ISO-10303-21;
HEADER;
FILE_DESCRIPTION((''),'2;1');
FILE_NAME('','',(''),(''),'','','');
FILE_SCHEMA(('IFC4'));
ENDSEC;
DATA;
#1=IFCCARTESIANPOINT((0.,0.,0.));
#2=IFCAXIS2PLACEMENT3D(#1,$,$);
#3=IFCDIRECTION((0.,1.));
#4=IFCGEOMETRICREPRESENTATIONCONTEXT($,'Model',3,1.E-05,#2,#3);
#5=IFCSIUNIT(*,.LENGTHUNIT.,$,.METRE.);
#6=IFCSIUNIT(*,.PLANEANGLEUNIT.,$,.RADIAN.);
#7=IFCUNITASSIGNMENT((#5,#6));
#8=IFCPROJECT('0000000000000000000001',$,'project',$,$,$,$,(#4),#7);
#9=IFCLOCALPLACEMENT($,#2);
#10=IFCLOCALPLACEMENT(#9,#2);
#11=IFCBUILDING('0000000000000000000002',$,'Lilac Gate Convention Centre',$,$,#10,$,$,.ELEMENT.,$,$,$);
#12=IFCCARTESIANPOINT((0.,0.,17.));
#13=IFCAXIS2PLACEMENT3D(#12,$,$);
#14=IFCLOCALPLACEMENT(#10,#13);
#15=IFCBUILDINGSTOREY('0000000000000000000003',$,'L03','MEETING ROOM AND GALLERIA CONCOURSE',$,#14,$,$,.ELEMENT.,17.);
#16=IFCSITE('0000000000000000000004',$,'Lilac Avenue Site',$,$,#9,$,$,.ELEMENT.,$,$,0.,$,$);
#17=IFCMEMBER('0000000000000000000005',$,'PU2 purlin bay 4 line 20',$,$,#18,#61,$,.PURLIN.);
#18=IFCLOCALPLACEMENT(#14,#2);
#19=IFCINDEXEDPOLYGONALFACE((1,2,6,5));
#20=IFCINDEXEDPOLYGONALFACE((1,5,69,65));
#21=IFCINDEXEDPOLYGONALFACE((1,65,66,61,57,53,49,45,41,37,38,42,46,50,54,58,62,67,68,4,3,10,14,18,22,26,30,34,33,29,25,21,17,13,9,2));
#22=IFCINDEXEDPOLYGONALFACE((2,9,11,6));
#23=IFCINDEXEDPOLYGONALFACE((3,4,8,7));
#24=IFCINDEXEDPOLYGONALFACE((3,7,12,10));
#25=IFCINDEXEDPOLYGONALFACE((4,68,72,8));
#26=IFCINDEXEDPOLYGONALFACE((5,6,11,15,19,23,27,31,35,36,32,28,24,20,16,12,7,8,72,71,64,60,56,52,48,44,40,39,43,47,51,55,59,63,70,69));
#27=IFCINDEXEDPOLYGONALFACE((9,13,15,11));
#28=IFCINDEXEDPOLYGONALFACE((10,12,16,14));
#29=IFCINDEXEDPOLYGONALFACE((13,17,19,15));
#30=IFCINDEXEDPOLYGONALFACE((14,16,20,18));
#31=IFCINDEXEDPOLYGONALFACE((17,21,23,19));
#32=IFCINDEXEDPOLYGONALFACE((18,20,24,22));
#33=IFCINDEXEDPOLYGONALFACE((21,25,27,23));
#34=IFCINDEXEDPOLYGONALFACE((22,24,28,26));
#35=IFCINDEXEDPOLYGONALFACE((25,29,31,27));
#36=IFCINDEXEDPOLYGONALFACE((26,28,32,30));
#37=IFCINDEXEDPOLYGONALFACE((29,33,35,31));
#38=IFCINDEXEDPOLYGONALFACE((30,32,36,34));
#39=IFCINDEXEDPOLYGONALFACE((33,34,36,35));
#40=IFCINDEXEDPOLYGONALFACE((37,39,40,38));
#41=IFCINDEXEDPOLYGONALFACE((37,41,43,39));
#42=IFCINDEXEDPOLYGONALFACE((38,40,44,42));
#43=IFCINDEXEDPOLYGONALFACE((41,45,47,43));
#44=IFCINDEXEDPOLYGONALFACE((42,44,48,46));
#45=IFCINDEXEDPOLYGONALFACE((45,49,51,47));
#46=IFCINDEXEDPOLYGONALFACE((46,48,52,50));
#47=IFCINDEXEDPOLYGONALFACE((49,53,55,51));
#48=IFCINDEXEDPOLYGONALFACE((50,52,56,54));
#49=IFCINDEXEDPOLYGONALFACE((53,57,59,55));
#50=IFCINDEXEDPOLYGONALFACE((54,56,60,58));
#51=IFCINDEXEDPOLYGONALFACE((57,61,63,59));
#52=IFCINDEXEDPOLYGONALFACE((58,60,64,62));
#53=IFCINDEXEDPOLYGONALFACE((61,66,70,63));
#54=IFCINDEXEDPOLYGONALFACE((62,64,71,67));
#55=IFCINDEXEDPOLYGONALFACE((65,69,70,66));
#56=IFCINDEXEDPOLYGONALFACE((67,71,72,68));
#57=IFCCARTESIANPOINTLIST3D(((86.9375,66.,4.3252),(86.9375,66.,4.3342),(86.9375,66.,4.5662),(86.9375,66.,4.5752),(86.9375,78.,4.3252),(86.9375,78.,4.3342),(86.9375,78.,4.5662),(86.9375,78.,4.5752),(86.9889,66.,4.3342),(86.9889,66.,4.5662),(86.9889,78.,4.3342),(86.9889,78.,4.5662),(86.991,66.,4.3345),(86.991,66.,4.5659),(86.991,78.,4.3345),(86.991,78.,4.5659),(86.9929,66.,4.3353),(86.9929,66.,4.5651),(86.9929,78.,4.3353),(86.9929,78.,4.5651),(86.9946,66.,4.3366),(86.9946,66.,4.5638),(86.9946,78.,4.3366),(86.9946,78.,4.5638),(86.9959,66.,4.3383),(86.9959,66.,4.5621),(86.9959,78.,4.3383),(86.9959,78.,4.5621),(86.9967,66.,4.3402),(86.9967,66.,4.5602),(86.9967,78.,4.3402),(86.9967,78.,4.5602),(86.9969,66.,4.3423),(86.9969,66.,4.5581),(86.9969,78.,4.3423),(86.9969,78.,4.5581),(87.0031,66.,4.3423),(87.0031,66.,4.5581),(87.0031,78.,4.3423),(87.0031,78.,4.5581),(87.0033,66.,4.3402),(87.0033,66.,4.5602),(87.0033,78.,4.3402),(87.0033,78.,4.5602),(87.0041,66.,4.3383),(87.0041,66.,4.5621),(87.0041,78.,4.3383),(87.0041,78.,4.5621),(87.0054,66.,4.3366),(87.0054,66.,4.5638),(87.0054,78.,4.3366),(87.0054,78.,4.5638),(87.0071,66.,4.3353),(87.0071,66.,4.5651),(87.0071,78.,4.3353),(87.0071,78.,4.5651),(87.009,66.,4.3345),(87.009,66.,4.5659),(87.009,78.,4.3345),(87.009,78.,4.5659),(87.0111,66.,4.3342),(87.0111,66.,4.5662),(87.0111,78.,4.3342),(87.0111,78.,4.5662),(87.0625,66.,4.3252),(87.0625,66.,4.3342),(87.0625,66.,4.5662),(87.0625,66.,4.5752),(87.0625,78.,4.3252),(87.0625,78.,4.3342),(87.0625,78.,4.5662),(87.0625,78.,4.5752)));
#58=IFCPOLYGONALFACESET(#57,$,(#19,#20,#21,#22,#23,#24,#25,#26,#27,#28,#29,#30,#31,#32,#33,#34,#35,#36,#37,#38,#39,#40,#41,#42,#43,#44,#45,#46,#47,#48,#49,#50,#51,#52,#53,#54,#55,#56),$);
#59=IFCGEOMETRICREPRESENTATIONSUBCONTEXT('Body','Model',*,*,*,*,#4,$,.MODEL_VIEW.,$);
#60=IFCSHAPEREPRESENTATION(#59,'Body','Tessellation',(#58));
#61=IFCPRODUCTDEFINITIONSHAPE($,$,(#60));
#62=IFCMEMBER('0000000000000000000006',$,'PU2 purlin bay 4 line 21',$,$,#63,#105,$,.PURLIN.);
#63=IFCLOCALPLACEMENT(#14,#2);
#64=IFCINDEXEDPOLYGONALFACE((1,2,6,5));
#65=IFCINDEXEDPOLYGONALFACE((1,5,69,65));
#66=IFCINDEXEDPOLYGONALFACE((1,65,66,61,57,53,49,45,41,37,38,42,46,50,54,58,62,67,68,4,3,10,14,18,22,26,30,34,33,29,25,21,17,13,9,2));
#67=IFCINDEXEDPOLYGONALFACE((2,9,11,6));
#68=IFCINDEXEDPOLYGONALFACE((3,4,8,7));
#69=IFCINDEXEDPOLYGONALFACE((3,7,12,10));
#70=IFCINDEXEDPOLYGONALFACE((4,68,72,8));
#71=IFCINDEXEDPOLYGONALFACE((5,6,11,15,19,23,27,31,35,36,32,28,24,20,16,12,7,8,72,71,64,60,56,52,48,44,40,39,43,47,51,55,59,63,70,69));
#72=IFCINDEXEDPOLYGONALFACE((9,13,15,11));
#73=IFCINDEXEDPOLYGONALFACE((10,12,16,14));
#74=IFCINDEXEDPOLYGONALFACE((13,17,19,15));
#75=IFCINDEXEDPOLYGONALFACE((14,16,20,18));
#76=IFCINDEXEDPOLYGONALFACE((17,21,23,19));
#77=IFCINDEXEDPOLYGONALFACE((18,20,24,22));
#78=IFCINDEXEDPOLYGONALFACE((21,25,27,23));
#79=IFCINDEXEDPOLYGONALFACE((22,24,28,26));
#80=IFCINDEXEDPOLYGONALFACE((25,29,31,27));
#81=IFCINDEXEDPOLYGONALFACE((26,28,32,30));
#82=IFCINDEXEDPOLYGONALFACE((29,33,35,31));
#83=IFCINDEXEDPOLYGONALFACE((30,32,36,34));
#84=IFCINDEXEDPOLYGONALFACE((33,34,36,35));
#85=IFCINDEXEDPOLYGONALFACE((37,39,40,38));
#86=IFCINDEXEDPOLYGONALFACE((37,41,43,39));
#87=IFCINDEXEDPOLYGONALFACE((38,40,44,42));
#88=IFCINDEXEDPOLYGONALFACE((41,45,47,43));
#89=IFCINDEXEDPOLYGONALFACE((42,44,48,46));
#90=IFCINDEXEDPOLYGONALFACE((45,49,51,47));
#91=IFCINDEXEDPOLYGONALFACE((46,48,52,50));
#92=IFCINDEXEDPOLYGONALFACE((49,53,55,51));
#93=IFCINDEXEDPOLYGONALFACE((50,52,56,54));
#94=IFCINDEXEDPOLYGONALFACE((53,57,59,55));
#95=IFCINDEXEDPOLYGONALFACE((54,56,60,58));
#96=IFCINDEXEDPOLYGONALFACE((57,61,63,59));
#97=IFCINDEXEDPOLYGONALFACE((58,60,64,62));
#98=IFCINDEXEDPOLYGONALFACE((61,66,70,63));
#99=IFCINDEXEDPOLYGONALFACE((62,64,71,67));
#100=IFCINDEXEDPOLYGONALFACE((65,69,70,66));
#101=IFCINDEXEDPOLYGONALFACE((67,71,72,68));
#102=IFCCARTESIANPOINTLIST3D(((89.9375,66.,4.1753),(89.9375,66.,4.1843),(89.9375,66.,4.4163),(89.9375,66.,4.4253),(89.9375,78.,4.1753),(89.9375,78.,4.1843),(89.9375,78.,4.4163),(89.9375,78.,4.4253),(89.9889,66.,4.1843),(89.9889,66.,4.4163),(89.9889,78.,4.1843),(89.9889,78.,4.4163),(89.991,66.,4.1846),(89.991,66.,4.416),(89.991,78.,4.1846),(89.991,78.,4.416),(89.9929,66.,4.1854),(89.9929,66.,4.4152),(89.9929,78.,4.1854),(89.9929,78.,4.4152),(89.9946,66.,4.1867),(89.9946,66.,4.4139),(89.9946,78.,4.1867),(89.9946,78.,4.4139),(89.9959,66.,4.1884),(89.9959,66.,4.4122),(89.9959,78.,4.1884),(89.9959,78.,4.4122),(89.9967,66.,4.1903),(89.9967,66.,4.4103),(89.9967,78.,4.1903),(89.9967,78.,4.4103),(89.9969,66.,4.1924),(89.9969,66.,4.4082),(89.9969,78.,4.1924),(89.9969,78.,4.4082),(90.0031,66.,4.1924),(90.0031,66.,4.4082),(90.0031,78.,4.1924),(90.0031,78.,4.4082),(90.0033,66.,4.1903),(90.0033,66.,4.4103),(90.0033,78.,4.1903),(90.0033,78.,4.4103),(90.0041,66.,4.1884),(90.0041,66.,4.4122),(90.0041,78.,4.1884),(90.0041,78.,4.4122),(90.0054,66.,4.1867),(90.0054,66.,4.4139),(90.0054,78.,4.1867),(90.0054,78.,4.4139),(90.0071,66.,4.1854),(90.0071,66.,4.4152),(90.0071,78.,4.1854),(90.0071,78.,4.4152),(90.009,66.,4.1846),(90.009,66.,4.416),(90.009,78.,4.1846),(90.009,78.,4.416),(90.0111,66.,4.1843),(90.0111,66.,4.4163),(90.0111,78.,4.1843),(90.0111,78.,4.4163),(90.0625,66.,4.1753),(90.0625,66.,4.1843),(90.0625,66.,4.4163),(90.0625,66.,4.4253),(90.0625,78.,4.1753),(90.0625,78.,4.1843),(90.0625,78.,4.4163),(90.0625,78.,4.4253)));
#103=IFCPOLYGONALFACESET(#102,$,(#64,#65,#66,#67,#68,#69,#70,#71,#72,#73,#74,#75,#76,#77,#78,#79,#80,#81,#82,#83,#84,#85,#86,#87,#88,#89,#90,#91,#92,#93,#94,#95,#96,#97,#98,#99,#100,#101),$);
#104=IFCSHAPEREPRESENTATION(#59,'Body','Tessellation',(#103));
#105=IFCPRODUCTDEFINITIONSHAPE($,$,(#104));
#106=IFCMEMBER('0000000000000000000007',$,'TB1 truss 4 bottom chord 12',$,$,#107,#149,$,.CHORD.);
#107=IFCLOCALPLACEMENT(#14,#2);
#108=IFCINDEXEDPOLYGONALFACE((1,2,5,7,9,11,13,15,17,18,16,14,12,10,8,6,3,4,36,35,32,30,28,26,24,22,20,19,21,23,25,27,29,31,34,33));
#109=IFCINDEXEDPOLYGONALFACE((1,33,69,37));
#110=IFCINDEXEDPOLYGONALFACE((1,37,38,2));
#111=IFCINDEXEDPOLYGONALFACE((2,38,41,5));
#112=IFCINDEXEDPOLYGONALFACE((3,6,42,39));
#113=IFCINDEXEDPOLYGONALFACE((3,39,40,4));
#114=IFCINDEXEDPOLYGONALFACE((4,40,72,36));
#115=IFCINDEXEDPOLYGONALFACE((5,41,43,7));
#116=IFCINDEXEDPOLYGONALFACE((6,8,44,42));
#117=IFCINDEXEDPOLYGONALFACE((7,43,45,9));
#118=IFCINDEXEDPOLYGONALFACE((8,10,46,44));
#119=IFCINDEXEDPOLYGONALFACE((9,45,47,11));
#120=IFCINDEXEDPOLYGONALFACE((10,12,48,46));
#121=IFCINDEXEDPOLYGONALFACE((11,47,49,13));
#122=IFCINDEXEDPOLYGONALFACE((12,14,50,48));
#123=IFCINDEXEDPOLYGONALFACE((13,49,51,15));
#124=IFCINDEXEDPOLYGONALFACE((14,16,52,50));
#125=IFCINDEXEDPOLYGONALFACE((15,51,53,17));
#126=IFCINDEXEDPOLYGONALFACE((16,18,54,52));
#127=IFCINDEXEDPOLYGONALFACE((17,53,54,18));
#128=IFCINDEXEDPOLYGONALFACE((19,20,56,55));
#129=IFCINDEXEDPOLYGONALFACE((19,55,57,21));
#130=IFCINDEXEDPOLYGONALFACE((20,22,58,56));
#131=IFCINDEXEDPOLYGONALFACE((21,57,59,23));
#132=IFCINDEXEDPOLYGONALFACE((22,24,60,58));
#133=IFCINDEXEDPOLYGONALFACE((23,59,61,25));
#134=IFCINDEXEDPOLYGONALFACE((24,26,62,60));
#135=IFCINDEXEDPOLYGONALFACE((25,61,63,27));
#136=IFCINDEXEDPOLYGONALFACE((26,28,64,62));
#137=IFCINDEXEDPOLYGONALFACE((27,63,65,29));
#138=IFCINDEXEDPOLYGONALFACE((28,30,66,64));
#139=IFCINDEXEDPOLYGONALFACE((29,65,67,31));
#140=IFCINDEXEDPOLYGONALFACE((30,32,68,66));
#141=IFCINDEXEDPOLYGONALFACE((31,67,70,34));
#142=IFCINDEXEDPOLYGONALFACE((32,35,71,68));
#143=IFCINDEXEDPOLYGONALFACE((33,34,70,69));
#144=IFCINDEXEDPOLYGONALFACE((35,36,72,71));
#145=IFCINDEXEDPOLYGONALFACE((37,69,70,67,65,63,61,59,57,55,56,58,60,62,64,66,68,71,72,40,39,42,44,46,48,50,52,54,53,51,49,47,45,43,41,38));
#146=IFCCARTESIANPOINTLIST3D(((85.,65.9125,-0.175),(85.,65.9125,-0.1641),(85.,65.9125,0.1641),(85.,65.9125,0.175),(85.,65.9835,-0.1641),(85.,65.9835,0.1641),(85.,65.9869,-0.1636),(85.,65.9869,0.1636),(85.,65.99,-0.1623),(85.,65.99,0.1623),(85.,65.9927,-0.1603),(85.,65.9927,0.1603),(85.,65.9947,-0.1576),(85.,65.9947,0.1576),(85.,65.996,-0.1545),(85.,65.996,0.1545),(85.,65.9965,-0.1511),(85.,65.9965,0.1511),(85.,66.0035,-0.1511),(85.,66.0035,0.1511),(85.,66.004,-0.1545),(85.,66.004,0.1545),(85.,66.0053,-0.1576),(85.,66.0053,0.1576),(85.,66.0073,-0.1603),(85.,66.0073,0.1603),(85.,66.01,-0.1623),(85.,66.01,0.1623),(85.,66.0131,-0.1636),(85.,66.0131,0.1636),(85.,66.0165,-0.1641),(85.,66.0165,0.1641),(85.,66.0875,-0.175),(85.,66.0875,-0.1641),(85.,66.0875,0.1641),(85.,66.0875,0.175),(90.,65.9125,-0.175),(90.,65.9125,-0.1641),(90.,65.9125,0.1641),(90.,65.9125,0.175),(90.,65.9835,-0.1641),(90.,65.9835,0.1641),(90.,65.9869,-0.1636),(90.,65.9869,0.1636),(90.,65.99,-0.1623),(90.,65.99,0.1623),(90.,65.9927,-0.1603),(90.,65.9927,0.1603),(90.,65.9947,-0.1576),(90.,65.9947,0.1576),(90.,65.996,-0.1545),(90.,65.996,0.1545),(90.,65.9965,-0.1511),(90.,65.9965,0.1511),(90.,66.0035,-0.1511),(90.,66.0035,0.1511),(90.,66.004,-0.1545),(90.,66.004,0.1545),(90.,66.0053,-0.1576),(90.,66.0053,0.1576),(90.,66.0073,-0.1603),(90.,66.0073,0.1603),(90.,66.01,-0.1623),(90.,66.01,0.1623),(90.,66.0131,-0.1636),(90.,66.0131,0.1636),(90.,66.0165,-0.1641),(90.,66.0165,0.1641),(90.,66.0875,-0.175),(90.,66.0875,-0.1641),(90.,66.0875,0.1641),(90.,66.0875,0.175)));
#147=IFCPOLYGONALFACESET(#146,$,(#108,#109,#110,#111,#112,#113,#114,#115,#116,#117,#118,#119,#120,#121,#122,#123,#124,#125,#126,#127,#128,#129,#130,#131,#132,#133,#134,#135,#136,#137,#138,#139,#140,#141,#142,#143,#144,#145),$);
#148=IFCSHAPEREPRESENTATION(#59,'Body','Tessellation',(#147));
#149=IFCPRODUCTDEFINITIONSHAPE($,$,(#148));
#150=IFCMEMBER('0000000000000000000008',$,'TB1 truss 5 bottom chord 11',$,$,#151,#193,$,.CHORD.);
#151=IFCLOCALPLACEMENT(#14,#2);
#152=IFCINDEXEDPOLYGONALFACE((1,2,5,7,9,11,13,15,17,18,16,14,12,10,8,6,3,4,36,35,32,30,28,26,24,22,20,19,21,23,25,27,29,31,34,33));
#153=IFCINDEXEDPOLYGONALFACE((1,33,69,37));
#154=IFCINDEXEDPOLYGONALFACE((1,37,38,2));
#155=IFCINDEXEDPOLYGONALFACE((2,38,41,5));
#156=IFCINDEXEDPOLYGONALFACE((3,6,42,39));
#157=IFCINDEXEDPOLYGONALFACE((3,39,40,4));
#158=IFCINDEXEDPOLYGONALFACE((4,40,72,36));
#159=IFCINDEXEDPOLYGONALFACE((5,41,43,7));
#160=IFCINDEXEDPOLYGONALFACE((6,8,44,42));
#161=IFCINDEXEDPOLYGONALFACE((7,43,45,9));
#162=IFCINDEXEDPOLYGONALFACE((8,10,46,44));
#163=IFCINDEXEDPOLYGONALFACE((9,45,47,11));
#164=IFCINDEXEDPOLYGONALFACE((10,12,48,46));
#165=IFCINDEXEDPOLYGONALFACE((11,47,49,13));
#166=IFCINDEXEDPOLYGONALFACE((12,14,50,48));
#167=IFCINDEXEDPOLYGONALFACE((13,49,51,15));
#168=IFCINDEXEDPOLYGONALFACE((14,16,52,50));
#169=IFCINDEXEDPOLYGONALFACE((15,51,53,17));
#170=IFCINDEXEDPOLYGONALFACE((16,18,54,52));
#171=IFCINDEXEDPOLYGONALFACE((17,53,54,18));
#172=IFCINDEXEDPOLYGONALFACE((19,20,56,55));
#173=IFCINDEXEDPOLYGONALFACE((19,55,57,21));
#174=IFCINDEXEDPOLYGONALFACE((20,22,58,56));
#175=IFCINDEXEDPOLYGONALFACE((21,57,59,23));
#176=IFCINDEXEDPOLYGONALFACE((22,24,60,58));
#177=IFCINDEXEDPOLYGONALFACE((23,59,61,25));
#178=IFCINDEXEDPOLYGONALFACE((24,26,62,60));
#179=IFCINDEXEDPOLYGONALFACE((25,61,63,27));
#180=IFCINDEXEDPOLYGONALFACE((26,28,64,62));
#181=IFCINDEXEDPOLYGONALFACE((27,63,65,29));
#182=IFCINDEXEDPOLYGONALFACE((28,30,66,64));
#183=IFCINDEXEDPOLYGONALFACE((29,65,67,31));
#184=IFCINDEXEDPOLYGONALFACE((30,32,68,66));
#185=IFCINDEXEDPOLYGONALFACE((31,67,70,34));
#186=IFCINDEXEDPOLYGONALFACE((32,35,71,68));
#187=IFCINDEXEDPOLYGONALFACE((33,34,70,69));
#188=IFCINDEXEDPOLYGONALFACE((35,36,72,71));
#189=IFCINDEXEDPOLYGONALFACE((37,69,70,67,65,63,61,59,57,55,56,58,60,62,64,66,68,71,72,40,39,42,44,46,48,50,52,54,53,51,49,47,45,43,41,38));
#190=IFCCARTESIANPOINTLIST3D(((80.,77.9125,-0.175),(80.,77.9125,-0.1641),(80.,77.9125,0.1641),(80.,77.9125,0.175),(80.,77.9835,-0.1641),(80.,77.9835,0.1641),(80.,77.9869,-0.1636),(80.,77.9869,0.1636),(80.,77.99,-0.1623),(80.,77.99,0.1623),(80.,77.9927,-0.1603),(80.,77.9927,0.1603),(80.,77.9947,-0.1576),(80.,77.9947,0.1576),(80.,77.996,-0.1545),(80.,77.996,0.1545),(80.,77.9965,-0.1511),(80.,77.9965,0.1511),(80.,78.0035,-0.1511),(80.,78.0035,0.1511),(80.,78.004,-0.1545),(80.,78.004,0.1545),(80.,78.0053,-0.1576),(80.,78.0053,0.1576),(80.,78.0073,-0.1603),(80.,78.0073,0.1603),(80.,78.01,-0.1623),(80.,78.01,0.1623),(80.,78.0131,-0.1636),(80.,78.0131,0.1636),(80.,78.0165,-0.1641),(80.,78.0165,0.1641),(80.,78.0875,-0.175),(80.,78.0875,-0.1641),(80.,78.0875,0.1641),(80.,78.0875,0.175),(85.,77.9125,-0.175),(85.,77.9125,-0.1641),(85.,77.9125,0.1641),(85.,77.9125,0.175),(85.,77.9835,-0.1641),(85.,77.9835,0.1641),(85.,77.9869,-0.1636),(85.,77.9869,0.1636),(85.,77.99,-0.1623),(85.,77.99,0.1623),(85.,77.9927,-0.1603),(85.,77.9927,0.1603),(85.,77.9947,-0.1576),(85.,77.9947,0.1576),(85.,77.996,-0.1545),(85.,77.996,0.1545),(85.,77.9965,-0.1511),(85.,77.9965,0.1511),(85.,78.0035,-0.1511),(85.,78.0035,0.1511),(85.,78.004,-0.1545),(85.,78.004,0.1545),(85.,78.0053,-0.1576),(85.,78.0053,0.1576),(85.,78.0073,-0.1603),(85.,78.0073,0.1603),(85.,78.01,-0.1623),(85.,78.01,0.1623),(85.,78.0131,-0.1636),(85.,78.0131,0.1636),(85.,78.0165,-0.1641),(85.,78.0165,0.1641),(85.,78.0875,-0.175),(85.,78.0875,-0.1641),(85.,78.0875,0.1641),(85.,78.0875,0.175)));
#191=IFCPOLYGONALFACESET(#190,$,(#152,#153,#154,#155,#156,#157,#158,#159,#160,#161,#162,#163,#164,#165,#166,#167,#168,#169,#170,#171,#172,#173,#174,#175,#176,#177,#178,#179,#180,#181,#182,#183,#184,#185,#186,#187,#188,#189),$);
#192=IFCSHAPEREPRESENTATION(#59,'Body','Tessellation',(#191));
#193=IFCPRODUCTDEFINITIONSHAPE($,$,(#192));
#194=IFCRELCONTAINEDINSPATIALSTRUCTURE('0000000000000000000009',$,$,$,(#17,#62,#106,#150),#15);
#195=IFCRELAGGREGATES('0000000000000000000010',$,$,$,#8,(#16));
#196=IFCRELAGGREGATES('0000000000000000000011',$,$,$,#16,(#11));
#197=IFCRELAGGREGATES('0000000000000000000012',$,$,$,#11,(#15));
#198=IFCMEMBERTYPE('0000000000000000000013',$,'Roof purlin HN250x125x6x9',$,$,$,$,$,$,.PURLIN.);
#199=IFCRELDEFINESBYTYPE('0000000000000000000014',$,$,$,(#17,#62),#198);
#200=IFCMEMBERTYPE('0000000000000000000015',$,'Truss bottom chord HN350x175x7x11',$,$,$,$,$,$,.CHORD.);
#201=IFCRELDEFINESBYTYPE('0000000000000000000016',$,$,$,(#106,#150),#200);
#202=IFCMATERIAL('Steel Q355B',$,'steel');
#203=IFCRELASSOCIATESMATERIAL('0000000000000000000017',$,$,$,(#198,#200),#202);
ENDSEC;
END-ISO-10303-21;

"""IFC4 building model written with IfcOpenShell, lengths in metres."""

from ifc_helpers import new_model, si_unit, direction, frame, origin, origin_2d, place, context, subcontext, project, spatial, i_section, extrude, material, material_profile, profile_set, type_object, element, save


model = new_model("IFC4")

# Units and contexts
model_context = context("Model", 3, precision=1e-05, world=origin(), true_north=direction((0.0, 1.0)))
body_context = subcontext(model_context, "Body", "Model", "MODEL_VIEW")
ifc_project = project(units=[si_unit("LENGTHUNIT", "METRE"), si_unit("PLANEANGLEUNIT", "RADIAN")], contexts=[model_context])

# Site, building, storey
site_placement = place(None, origin())
site = spatial("IfcSite", under=ifc_project, at=site_placement, Name="Lilac Avenue Site", CompositionType="ELEMENT", RefElevation=0.0)
building_placement = place(site_placement, origin())
building = spatial("IfcBuilding", under=site, at=building_placement, Name="Lilac Gate Convention Centre", CompositionType="ELEMENT")
storey_placement = place(building_placement, frame((0.0, 0.0, 17.0)))
storey = spatial("IfcBuildingStorey", under=building, at=storey_placement, Name="L03", Description="MEETING ROOM AND GALLERIA CONCOURSE", CompositionType="ELEMENT", Elevation=17.0)

# Members
ifc_material = material(Name="Steel Q355B", Category="steel")
ifc_material_profile_1 = material_profile(ifc_material, i_section(OverallWidth=0.125, OverallDepth=0.25, WebThickness=0.0061, FlangeThickness=0.009, FilletRadius=0.0081, at=origin_2d()), Name="HN250x125x6x9")
ifc_profile_set_1 = profile_set([ifc_material_profile_1], Name="Steel Q355B")
member_type_1 = type_object("IfcMemberType", Name="Roof purlin HN250x125x6x9", PredefinedType="PURLIN", material=ifc_profile_set_1)
for number, where, z_axis, x_axis, name in (
    (1, (87.0, 66.0, 4.4502), (0.0, 1.0, 0.0), (-1.0, 0.0, 0.0), "PU2 purlin bay 4 line 20"),
    (2, (90.0, 66.0, 4.3003), (0.0, 1.0, 0.0), (-1.0, 0.0, 0.0), "PU2 purlin bay 4 line 21"),
):
    element("IfcMember", number, at=place(storey_placement, frame(where, z_axis=z_axis, x_axis=x_axis)), inside=storey, type_object=member_type_1, Name=name, PredefinedType="PURLIN", context=body_context, shape_type="SweptSolid", body=[
        extrude(i_section(OverallWidth=0.125, OverallDepth=0.25, WebThickness=0.0061, FlangeThickness=0.009, FilletRadius=0.0081, at=origin_2d()), origin(), (0.0, 0.0, 1.0), 12.0),
    ])
ifc_material_profile_2 = material_profile(ifc_material, i_section(OverallWidth=0.175, OverallDepth=0.3501, WebThickness=0.0071, FlangeThickness=0.011, FilletRadius=0.0129, at=origin_2d()), Name="HN350x175x7x11")
ifc_profile_set_2 = profile_set([ifc_material_profile_2], Name="Steel Q355B")
member_type_2 = type_object("IfcMemberType", Name="Truss bottom chord HN350x175x7x11", PredefinedType="CHORD", material=ifc_profile_set_2)
for number, where, z_axis, x_axis, name in (
    (3, (85.0, 66.0, 0.0), (1.0, 0.0, 0.0), (0.0, 1.0, 0.0), "TB1 truss 4 bottom chord 12"),
    (4, (80.0, 78.0, 0.0), (1.0, 0.0, 0.0), (0.0, 1.0, 0.0), "TB1 truss 5 bottom chord 11"),
):
    element("IfcMember", number, at=place(storey_placement, frame(where, z_axis=z_axis, x_axis=x_axis)), inside=storey, type_object=member_type_2, Name=name, PredefinedType="CHORD", context=body_context, shape_type="SweptSolid", body=[
        extrude(i_section(OverallWidth=0.175, OverallDepth=0.3501, WebThickness=0.0071, FlangeThickness=0.011, FilletRadius=0.0129, at=origin_2d()), origin(), (0.0, 0.0, 1.0), 5.0),
    ])

save(model, "model.ifc")
